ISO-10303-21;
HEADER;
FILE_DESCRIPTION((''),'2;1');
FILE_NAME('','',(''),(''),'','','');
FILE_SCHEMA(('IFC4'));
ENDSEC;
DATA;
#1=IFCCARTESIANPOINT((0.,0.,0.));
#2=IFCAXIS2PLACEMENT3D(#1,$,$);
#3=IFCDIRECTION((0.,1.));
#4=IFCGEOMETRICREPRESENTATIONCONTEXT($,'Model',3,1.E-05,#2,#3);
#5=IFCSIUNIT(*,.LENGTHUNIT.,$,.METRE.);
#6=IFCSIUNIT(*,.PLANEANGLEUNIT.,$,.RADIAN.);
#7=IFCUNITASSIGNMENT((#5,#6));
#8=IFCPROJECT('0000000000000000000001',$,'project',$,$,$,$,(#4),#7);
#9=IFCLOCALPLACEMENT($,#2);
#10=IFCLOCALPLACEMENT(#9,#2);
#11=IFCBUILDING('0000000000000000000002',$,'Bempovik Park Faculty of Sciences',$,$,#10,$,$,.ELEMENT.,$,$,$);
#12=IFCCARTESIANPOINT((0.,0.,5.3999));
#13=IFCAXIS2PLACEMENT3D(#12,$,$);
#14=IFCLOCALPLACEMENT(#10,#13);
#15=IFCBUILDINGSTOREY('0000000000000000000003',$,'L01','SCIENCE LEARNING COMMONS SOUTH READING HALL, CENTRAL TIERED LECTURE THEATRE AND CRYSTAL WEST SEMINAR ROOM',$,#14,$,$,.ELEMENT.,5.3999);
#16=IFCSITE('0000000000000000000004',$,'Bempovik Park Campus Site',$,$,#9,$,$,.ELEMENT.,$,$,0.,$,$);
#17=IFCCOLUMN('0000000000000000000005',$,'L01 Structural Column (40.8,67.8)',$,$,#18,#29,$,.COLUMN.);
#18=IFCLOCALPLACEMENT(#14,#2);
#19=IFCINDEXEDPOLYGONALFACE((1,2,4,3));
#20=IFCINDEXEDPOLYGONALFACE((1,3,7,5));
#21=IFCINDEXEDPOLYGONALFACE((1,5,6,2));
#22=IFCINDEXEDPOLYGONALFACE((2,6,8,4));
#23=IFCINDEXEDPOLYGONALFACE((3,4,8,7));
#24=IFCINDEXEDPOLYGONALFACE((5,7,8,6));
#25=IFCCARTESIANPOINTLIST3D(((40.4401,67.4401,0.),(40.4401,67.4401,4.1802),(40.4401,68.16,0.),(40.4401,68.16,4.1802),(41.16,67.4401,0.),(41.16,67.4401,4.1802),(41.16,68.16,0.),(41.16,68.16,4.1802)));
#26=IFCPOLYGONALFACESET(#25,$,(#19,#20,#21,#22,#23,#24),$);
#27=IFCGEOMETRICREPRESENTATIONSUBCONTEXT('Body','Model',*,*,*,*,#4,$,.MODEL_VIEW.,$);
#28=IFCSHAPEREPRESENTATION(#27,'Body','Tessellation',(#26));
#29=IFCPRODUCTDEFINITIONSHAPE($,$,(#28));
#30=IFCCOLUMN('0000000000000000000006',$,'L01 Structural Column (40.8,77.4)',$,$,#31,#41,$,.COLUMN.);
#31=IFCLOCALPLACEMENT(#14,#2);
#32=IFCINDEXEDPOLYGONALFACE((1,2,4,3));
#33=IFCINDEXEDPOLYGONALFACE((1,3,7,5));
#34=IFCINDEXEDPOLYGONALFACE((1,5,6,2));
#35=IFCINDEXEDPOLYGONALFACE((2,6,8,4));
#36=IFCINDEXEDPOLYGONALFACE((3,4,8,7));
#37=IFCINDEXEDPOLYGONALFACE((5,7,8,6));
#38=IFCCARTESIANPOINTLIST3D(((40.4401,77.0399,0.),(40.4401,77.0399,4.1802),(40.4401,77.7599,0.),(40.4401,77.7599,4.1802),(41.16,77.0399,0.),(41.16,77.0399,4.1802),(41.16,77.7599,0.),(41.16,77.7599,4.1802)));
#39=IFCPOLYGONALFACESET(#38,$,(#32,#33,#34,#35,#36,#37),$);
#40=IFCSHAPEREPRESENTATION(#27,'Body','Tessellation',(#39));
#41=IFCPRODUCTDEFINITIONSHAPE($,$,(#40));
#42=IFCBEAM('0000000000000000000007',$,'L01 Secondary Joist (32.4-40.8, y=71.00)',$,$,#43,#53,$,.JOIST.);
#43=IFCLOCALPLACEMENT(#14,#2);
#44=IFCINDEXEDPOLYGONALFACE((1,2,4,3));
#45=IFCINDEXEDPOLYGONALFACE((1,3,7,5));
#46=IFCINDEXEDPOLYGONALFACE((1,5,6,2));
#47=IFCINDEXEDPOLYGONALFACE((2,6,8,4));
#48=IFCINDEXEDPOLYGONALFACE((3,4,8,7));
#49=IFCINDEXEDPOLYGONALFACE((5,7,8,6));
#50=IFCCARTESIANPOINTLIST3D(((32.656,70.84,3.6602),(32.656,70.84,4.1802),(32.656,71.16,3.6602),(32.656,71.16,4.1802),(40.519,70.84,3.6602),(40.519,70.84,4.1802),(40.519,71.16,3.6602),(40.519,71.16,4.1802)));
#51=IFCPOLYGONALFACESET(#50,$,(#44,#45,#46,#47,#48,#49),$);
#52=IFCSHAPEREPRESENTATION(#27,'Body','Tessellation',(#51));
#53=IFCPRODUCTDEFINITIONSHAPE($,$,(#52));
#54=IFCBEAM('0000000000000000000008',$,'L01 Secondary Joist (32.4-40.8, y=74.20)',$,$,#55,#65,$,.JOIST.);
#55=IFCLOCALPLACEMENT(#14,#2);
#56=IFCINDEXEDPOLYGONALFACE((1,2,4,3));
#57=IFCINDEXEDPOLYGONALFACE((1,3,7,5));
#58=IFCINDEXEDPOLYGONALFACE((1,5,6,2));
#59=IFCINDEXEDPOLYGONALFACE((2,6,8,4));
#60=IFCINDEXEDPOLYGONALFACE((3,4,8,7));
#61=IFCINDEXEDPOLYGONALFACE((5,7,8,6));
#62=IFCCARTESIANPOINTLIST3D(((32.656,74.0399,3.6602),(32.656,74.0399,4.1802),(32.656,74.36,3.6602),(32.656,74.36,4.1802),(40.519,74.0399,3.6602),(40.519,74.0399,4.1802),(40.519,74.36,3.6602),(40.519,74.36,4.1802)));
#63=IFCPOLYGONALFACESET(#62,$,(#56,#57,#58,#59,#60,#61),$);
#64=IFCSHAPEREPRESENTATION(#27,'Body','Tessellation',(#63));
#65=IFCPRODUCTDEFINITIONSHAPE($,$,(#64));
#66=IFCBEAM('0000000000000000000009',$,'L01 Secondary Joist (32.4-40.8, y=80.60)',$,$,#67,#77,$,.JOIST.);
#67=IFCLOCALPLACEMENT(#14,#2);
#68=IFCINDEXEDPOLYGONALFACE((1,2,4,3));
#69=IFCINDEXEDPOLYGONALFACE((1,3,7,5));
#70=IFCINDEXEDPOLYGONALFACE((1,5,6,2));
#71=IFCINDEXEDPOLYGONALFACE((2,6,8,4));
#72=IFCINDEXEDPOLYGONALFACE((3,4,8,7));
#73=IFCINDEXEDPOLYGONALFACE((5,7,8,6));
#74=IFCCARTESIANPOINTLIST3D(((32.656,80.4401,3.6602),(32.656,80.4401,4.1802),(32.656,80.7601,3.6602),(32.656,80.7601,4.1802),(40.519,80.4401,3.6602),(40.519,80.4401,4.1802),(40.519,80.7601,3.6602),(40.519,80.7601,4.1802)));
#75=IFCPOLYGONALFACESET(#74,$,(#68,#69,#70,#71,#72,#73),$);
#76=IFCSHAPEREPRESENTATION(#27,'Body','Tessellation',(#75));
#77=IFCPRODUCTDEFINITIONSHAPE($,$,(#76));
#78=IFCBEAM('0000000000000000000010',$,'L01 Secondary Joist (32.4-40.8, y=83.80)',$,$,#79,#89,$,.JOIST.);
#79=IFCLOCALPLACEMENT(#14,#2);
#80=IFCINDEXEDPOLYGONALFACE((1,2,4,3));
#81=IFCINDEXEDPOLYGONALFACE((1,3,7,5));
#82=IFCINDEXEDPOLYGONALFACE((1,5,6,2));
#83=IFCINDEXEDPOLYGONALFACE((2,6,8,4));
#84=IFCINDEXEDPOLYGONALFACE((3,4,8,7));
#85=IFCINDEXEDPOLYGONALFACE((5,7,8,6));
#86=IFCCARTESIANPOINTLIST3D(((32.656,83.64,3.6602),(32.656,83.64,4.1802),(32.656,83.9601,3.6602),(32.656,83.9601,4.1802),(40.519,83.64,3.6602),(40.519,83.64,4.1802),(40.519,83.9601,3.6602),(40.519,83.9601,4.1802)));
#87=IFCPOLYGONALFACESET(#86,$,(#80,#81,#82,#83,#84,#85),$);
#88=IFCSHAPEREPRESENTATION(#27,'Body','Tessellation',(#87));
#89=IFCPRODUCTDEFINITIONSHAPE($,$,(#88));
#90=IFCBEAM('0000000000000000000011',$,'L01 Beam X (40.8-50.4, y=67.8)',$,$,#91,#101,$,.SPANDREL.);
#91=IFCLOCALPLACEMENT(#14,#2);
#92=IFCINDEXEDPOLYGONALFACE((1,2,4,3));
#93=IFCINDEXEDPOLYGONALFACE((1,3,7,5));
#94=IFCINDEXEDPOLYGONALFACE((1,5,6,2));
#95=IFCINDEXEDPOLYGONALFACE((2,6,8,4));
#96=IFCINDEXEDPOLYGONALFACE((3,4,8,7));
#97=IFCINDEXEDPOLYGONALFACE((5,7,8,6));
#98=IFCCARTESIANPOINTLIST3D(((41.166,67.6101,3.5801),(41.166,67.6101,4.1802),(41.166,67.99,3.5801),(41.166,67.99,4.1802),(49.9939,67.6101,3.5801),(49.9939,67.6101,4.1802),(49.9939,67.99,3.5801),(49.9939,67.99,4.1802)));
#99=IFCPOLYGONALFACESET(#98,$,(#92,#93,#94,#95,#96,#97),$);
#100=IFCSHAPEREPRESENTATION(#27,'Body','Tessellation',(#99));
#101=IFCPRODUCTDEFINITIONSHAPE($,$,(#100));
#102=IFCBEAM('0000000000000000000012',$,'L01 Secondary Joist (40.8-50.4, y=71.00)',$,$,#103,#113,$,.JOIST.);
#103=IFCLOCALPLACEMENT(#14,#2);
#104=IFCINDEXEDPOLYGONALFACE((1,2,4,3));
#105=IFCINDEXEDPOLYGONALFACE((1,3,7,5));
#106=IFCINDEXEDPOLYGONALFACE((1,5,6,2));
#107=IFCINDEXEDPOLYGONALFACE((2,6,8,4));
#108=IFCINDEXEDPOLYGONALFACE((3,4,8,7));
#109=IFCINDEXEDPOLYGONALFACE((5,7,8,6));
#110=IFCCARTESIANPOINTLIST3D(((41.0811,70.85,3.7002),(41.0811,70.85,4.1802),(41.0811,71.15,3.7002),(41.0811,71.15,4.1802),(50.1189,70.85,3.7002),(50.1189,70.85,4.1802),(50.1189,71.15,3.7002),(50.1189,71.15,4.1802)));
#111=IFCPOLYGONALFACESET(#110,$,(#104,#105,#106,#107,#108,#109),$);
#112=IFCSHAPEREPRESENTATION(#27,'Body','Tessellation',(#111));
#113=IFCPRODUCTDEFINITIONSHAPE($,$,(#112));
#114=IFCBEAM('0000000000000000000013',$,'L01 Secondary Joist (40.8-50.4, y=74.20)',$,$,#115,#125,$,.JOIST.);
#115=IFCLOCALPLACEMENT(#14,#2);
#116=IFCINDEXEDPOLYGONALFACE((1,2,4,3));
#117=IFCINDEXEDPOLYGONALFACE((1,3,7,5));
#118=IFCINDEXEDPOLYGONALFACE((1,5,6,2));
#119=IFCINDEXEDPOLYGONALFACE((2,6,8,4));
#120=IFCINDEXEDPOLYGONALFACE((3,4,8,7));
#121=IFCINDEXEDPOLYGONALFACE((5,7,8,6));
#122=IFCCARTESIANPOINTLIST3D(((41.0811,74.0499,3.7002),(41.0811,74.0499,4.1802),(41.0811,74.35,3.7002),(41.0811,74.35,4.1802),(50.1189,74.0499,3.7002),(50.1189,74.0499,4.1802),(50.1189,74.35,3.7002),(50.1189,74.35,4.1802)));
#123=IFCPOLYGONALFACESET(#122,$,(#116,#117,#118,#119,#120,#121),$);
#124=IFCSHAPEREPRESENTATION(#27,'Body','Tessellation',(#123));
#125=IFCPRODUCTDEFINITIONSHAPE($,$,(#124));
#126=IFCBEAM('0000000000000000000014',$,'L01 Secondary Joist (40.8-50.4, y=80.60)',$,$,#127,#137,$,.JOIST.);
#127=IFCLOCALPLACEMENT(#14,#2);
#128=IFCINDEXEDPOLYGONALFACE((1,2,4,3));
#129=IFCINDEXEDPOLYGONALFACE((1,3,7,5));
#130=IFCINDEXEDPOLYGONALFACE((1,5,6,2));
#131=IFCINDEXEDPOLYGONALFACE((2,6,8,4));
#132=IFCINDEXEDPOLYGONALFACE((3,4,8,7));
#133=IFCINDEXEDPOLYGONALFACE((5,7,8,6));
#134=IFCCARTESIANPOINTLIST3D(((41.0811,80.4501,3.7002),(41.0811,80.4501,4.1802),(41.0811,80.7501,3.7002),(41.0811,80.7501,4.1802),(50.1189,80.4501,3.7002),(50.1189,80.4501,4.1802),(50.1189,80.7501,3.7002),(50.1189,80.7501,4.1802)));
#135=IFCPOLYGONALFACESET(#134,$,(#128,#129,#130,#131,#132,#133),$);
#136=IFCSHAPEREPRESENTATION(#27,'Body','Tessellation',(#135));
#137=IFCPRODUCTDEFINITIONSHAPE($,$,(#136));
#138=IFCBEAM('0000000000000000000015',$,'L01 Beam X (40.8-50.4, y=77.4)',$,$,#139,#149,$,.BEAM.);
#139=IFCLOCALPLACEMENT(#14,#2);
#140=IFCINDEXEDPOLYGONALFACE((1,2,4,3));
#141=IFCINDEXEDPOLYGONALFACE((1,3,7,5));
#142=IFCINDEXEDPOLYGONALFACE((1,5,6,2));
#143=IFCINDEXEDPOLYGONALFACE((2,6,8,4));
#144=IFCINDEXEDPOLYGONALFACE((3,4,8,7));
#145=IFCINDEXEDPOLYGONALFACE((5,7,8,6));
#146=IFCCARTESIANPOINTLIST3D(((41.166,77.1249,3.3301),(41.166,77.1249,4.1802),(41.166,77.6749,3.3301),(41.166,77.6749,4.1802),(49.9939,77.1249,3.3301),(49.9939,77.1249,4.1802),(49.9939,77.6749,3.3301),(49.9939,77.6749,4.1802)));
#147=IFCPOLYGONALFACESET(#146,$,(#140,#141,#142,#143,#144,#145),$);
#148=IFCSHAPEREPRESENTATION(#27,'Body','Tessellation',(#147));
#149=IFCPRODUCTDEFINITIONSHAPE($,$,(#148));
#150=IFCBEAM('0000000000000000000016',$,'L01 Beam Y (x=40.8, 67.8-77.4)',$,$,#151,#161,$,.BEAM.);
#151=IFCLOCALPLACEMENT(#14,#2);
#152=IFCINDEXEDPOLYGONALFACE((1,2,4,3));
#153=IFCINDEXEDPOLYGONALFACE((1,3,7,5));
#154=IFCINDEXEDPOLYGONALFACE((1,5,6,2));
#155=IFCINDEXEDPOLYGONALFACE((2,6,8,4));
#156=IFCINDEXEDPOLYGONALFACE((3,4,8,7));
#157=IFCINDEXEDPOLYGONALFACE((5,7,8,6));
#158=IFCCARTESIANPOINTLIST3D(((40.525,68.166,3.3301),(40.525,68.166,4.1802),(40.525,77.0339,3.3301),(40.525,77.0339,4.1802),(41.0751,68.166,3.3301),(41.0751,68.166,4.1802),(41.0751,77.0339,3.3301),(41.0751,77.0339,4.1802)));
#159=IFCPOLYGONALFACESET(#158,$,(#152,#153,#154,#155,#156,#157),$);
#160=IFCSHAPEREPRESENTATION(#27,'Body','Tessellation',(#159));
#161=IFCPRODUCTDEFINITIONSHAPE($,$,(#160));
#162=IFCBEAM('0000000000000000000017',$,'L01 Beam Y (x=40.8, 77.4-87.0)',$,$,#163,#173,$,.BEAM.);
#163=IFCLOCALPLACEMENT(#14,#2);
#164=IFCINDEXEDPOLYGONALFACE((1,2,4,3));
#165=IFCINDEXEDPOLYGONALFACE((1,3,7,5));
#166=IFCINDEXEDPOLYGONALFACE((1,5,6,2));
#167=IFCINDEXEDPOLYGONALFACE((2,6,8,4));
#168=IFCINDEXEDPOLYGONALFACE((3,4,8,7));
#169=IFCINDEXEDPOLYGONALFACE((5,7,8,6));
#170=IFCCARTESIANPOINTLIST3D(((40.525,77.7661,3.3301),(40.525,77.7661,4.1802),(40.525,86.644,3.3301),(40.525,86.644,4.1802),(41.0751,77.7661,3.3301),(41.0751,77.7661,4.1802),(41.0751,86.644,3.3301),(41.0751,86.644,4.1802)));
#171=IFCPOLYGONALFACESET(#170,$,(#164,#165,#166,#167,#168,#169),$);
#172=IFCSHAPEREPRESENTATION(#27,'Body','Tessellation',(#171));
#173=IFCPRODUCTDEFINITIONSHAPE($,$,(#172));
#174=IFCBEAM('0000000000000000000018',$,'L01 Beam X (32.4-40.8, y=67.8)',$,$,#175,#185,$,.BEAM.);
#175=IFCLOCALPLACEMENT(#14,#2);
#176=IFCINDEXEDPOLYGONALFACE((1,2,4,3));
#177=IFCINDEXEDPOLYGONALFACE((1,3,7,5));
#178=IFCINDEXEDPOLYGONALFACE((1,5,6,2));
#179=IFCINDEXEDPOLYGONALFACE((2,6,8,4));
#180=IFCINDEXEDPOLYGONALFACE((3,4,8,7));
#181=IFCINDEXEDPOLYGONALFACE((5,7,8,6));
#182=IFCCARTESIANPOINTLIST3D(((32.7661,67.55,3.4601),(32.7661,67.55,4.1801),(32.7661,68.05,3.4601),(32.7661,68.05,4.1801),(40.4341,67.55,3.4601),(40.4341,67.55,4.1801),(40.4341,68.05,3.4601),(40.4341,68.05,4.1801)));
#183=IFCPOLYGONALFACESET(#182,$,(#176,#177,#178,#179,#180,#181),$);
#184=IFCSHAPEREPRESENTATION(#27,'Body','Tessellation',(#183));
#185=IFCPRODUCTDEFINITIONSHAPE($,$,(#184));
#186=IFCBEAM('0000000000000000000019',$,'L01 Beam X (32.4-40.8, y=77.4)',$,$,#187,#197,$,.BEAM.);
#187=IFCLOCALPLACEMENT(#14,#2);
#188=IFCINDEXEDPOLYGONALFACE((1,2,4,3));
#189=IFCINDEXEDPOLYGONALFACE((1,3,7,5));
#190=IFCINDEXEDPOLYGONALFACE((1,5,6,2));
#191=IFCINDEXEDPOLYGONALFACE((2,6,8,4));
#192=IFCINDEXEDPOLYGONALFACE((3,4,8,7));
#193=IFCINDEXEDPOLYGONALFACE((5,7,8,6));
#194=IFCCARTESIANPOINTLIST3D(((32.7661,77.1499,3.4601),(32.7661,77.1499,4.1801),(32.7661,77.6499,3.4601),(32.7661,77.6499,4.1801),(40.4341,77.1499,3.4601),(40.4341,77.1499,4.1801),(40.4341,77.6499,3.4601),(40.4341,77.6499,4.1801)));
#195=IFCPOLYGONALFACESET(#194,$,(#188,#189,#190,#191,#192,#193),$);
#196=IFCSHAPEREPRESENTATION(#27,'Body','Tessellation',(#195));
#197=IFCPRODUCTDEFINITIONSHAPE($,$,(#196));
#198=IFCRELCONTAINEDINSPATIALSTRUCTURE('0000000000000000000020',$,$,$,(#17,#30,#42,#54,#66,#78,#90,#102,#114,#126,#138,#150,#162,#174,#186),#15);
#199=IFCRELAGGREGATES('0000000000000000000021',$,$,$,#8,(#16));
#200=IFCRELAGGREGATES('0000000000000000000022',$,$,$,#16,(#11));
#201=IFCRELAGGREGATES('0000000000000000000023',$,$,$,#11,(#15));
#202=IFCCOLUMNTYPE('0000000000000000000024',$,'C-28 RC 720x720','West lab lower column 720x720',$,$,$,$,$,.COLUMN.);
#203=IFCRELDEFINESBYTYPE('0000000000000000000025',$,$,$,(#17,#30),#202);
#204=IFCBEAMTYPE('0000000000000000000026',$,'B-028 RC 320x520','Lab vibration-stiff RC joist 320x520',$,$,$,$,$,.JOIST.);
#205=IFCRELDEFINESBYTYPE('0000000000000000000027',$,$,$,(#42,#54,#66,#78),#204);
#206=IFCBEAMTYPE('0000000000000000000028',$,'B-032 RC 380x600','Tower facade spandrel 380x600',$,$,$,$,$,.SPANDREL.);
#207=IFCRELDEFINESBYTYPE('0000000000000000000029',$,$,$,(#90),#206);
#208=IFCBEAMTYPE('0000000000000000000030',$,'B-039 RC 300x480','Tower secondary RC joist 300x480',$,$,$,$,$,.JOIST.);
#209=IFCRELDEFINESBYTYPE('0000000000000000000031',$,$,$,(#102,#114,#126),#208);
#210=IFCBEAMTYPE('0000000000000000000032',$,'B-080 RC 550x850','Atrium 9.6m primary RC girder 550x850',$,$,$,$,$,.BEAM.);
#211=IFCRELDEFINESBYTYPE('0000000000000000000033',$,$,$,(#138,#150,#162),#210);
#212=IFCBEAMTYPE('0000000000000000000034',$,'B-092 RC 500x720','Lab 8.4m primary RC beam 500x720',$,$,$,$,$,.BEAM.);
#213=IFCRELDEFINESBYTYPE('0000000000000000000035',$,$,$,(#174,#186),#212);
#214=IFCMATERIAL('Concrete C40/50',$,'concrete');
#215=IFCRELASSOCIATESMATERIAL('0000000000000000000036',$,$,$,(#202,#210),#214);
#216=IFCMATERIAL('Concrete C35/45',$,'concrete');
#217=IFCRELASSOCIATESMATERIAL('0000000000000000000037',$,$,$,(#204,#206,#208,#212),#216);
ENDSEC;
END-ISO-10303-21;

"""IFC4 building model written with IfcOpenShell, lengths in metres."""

from ifc_helpers import new_model, si_unit, direction, frame, origin, origin_2d, place, context, subcontext, project, spatial, rectangle, extrude, material, material_profile, profile_set, type_object, element, save


model = new_model("IFC4")

# Units and contexts
model_context = context("Model", 3, precision=1e-05, world=origin(), true_north=direction((0.0, 1.0)))
body_context = subcontext(model_context, "Body", "Model", "MODEL_VIEW")
ifc_project = project(units=[si_unit("LENGTHUNIT", "METRE"), si_unit("PLANEANGLEUNIT", "RADIAN")], contexts=[model_context])

# Site, building, storey
site_placement = place(None, origin())
site = spatial("IfcSite", under=ifc_project, at=site_placement, Name="Bempovik Park Campus Site", CompositionType="ELEMENT", RefElevation=0.0)
building_placement = place(site_placement, origin())
building = spatial("IfcBuilding", under=site, at=building_placement, Name="Bempovik Park Faculty of Sciences", CompositionType="ELEMENT")
storey_placement = place(building_placement, frame((0.0, 0.0, 5.3999)))
storey = spatial("IfcBuildingStorey", under=building, at=storey_placement, Name="L01", Description="SCIENCE LEARNING COMMONS SOUTH READING HALL, CENTRAL TIERED LECTURE THEATRE AND CRYSTAL WEST SEMINAR ROOM", CompositionType="ELEMENT", Elevation=5.3999)

# Columns
ifc_material_1 = material(Name="Concrete C40/50", Category="concrete")
ifc_material_profile_1 = material_profile(ifc_material_1, rectangle(XDim=0.72, YDim=0.72, at=origin_2d()), Name="RC 720x720")
ifc_profile_set_1 = profile_set([ifc_material_profile_1], Name="Concrete C40/50")
column_type = type_object("IfcColumnType", Name="C-28 RC 720x720", Description="West lab lower column 720x720", PredefinedType="COLUMN", material=ifc_profile_set_1)
for number, where, z_axis, x_axis, name in (
    (1, (40.8, 67.8, 0.0), (0.0, 0.0, 1.0), (1.0, 0.0, 0.0), "L01 Structural Column (40.8,67.8)"),
    (2, (40.8, 77.3999, 0.0), (0.0, 0.0, 1.0), (1.0, 0.0, 0.0), "L01 Structural Column (40.8,77.4)"),
):
    element("IfcColumn", number, at=place(storey_placement, frame(where, z_axis=z_axis, x_axis=x_axis)), inside=storey, type_object=column_type, Name=name, PredefinedType="COLUMN", context=body_context, shape_type="SweptSolid", body=[
        extrude(rectangle(XDim=0.72, YDim=0.72, at=origin_2d()), origin(), (0.0, 0.0, 1.0), 4.1802),
    ])

# Beams
ifc_material_2 = material(Name="Concrete C35/45", Category="concrete")
ifc_material_profile_2 = material_profile(ifc_material_2, rectangle(XDim=0.3201, YDim=0.52, at=origin_2d()), Name="RC 320x520")
ifc_profile_set_2 = profile_set([ifc_material_profile_2], Name="Concrete C35/45")
beam_type_1 = type_object("IfcBeamType", Name="B-028 RC 320x520", Description="Lab vibration-stiff RC joist 320x520", PredefinedType="JOIST", material=ifc_profile_set_2)
for number, where, z_axis, x_axis, name in (
    (3, (32.656, 71.0, 3.9202), (1.0, 0.0, 0.0), (0.0, 1.0, 0.0), "L01 Secondary Joist (32.4-40.8, y=71.00)"),
    (4, (32.656, 74.2, 3.9202), (1.0, 0.0, 0.0), (0.0, 1.0, 0.0), "L01 Secondary Joist (32.4-40.8, y=74.20)"),
    (5, (32.656, 80.6001, 3.9202), (1.0, 0.0, 0.0), (0.0, 1.0, 0.0), "L01 Secondary Joist (32.4-40.8, y=80.60)"),
    (6, (32.656, 83.8, 3.9202), (1.0, 0.0, 0.0), (0.0, 1.0, 0.0), "L01 Secondary Joist (32.4-40.8, y=83.80)"),
):
    element("IfcBeam", number, at=place(storey_placement, frame(where, z_axis=z_axis, x_axis=x_axis)), inside=storey, type_object=beam_type_1, Name=name, PredefinedType="JOIST", context=body_context, shape_type="SweptSolid", body=[
        extrude(rectangle(XDim=0.3201, YDim=0.52, at=origin_2d()), origin(), (0.0, 0.0, 1.0), 7.863),
    ])
ifc_material_profile_3 = material_profile(ifc_material_2, rectangle(XDim=0.3799, YDim=0.6001, at=origin_2d()), Name="RC 380x600")
ifc_profile_set_3 = profile_set([ifc_material_profile_3], Name="Concrete C35/45")
beam_type_2 = type_object("IfcBeamType", Name="B-032 RC 380x600", Description="Tower facade spandrel 380x600", PredefinedType="SPANDREL", material=ifc_profile_set_3)
beam_1_placement = place(storey_placement, frame((41.166, 67.8, 3.8801), z_axis=(1.0, 0.0, 0.0), x_axis=(0.0, 1.0, 0.0)))
element("IfcBeam", 7, at=beam_1_placement, inside=storey, type_object=beam_type_2, Name="L01 Beam X (40.8-50.4, y=67.8)", PredefinedType="SPANDREL", context=body_context, shape_type="SweptSolid", body=[
    extrude(rectangle(XDim=0.3799, YDim=0.6001, at=origin_2d()), origin(), (0.0, 0.0, 1.0), 8.8279),
])
ifc_material_profile_4 = material_profile(ifc_material_2, rectangle(XDim=0.3, YDim=0.48, at=origin_2d()), Name="RC 300x480")
ifc_profile_set_4 = profile_set([ifc_material_profile_4], Name="Concrete C35/45")
beam_type_3 = type_object("IfcBeamType", Name="B-039 RC 300x480", Description="Tower secondary RC joist 300x480", PredefinedType="JOIST", material=ifc_profile_set_4)
for number, where, z_axis, x_axis, name in (
    (8, (41.0811, 71.0, 3.9402), (1.0, 0.0, 0.0), (0.0, 1.0, 0.0), "L01 Secondary Joist (40.8-50.4, y=71.00)"),
    (9, (41.0811, 74.2, 3.9402), (1.0, 0.0, 0.0), (0.0, 1.0, 0.0), "L01 Secondary Joist (40.8-50.4, y=74.20)"),
    (10, (41.0811, 80.6001, 3.9402), (1.0, 0.0, 0.0), (0.0, 1.0, 0.0), "L01 Secondary Joist (40.8-50.4, y=80.60)"),
):
    element("IfcBeam", number, at=place(storey_placement, frame(where, z_axis=z_axis, x_axis=x_axis)), inside=storey, type_object=beam_type_3, Name=name, PredefinedType="JOIST", context=body_context, shape_type="SweptSolid", body=[
        extrude(rectangle(XDim=0.3, YDim=0.48, at=origin_2d()), origin(), (0.0, 0.0, 1.0), 9.0378),
    ])
ifc_material_profile_5 = material_profile(ifc_material_1, rectangle(XDim=0.55, YDim=0.8501, at=origin_2d()), Name="RC 550x850")
ifc_profile_set_5 = profile_set([ifc_material_profile_5], Name="Concrete C40/50")
beam_type_4 = type_object("IfcBeamType", Name="B-080 RC 550x850", Description="Atrium 9.6m primary RC girder 550x850", PredefinedType="BEAM", material=ifc_profile_set_5)
beam_2_placement = place(storey_placement, frame((41.166, 77.3999, 3.7551), z_axis=(1.0, 0.0, 0.0), x_axis=(0.0, 1.0, 0.0)))
element("IfcBeam", 11, at=beam_2_placement, inside=storey, type_object=beam_type_4, Name="L01 Beam X (40.8-50.4, y=77.4)", PredefinedType="BEAM", context=body_context, shape_type="SweptSolid", body=[
    extrude(rectangle(XDim=0.55, YDim=0.8501, at=origin_2d()), origin(), (0.0, 0.0, 1.0), 8.8279),
])
beam_3_placement = place(storey_placement, frame((40.8, 68.166, 3.7551), z_axis=(0.0, 1.0, 0.0), x_axis=(-1.0, 0.0, 0.0)))
element("IfcBeam", 12, at=beam_3_placement, inside=storey, type_object=beam_type_4, Name="L01 Beam Y (x=40.8, 67.8-77.4)", PredefinedType="BEAM", context=body_context, shape_type="SweptSolid", body=[
    extrude(rectangle(XDim=0.55, YDim=0.8501, at=origin_2d()), origin(), (0.0, 0.0, 1.0), 8.8679),
])
beam_4_placement = place(storey_placement, frame((40.8, 77.7661, 3.7551), z_axis=(0.0, 1.0, 0.0), x_axis=(-1.0, 0.0, 0.0)))
element("IfcBeam", 13, at=beam_4_placement, inside=storey, type_object=beam_type_4, Name="L01 Beam Y (x=40.8, 77.4-87.0)", PredefinedType="BEAM", context=body_context, shape_type="SweptSolid", body=[
    extrude(rectangle(XDim=0.55, YDim=0.8501, at=origin_2d()), origin(), (0.0, 0.0, 1.0), 8.8779),
])
ifc_material_profile_6 = material_profile(ifc_material_2, rectangle(XDim=0.5, YDim=0.72, at=origin_2d()), Name="RC 500x720")
ifc_profile_set_6 = profile_set([ifc_material_profile_6], Name="Concrete C35/45")
beam_type_5 = type_object("IfcBeamType", Name="B-092 RC 500x720", Description="Lab 8.4m primary RC beam 500x720", PredefinedType="BEAM", material=ifc_profile_set_6)
for number, where, z_axis, x_axis, name in (
    (14, (32.7661, 67.8, 3.8201), (1.0, 0.0, 0.0), (0.0, 1.0, 0.0), "L01 Beam X (32.4-40.8, y=67.8)"),
    (15, (32.7661, 77.3999, 3.8201), (1.0, 0.0, 0.0), (0.0, 1.0, 0.0), "L01 Beam X (32.4-40.8, y=77.4)"),
):
    element("IfcBeam", number, at=place(storey_placement, frame(where, z_axis=z_axis, x_axis=x_axis)), inside=storey, type_object=beam_type_5, Name=name, PredefinedType="BEAM", context=body_context, shape_type="SweptSolid", body=[
        extrude(rectangle(XDim=0.5, YDim=0.72, at=origin_2d()), origin(), (0.0, 0.0, 1.0), 7.668),
    ])

save(model, "model.ifc")
